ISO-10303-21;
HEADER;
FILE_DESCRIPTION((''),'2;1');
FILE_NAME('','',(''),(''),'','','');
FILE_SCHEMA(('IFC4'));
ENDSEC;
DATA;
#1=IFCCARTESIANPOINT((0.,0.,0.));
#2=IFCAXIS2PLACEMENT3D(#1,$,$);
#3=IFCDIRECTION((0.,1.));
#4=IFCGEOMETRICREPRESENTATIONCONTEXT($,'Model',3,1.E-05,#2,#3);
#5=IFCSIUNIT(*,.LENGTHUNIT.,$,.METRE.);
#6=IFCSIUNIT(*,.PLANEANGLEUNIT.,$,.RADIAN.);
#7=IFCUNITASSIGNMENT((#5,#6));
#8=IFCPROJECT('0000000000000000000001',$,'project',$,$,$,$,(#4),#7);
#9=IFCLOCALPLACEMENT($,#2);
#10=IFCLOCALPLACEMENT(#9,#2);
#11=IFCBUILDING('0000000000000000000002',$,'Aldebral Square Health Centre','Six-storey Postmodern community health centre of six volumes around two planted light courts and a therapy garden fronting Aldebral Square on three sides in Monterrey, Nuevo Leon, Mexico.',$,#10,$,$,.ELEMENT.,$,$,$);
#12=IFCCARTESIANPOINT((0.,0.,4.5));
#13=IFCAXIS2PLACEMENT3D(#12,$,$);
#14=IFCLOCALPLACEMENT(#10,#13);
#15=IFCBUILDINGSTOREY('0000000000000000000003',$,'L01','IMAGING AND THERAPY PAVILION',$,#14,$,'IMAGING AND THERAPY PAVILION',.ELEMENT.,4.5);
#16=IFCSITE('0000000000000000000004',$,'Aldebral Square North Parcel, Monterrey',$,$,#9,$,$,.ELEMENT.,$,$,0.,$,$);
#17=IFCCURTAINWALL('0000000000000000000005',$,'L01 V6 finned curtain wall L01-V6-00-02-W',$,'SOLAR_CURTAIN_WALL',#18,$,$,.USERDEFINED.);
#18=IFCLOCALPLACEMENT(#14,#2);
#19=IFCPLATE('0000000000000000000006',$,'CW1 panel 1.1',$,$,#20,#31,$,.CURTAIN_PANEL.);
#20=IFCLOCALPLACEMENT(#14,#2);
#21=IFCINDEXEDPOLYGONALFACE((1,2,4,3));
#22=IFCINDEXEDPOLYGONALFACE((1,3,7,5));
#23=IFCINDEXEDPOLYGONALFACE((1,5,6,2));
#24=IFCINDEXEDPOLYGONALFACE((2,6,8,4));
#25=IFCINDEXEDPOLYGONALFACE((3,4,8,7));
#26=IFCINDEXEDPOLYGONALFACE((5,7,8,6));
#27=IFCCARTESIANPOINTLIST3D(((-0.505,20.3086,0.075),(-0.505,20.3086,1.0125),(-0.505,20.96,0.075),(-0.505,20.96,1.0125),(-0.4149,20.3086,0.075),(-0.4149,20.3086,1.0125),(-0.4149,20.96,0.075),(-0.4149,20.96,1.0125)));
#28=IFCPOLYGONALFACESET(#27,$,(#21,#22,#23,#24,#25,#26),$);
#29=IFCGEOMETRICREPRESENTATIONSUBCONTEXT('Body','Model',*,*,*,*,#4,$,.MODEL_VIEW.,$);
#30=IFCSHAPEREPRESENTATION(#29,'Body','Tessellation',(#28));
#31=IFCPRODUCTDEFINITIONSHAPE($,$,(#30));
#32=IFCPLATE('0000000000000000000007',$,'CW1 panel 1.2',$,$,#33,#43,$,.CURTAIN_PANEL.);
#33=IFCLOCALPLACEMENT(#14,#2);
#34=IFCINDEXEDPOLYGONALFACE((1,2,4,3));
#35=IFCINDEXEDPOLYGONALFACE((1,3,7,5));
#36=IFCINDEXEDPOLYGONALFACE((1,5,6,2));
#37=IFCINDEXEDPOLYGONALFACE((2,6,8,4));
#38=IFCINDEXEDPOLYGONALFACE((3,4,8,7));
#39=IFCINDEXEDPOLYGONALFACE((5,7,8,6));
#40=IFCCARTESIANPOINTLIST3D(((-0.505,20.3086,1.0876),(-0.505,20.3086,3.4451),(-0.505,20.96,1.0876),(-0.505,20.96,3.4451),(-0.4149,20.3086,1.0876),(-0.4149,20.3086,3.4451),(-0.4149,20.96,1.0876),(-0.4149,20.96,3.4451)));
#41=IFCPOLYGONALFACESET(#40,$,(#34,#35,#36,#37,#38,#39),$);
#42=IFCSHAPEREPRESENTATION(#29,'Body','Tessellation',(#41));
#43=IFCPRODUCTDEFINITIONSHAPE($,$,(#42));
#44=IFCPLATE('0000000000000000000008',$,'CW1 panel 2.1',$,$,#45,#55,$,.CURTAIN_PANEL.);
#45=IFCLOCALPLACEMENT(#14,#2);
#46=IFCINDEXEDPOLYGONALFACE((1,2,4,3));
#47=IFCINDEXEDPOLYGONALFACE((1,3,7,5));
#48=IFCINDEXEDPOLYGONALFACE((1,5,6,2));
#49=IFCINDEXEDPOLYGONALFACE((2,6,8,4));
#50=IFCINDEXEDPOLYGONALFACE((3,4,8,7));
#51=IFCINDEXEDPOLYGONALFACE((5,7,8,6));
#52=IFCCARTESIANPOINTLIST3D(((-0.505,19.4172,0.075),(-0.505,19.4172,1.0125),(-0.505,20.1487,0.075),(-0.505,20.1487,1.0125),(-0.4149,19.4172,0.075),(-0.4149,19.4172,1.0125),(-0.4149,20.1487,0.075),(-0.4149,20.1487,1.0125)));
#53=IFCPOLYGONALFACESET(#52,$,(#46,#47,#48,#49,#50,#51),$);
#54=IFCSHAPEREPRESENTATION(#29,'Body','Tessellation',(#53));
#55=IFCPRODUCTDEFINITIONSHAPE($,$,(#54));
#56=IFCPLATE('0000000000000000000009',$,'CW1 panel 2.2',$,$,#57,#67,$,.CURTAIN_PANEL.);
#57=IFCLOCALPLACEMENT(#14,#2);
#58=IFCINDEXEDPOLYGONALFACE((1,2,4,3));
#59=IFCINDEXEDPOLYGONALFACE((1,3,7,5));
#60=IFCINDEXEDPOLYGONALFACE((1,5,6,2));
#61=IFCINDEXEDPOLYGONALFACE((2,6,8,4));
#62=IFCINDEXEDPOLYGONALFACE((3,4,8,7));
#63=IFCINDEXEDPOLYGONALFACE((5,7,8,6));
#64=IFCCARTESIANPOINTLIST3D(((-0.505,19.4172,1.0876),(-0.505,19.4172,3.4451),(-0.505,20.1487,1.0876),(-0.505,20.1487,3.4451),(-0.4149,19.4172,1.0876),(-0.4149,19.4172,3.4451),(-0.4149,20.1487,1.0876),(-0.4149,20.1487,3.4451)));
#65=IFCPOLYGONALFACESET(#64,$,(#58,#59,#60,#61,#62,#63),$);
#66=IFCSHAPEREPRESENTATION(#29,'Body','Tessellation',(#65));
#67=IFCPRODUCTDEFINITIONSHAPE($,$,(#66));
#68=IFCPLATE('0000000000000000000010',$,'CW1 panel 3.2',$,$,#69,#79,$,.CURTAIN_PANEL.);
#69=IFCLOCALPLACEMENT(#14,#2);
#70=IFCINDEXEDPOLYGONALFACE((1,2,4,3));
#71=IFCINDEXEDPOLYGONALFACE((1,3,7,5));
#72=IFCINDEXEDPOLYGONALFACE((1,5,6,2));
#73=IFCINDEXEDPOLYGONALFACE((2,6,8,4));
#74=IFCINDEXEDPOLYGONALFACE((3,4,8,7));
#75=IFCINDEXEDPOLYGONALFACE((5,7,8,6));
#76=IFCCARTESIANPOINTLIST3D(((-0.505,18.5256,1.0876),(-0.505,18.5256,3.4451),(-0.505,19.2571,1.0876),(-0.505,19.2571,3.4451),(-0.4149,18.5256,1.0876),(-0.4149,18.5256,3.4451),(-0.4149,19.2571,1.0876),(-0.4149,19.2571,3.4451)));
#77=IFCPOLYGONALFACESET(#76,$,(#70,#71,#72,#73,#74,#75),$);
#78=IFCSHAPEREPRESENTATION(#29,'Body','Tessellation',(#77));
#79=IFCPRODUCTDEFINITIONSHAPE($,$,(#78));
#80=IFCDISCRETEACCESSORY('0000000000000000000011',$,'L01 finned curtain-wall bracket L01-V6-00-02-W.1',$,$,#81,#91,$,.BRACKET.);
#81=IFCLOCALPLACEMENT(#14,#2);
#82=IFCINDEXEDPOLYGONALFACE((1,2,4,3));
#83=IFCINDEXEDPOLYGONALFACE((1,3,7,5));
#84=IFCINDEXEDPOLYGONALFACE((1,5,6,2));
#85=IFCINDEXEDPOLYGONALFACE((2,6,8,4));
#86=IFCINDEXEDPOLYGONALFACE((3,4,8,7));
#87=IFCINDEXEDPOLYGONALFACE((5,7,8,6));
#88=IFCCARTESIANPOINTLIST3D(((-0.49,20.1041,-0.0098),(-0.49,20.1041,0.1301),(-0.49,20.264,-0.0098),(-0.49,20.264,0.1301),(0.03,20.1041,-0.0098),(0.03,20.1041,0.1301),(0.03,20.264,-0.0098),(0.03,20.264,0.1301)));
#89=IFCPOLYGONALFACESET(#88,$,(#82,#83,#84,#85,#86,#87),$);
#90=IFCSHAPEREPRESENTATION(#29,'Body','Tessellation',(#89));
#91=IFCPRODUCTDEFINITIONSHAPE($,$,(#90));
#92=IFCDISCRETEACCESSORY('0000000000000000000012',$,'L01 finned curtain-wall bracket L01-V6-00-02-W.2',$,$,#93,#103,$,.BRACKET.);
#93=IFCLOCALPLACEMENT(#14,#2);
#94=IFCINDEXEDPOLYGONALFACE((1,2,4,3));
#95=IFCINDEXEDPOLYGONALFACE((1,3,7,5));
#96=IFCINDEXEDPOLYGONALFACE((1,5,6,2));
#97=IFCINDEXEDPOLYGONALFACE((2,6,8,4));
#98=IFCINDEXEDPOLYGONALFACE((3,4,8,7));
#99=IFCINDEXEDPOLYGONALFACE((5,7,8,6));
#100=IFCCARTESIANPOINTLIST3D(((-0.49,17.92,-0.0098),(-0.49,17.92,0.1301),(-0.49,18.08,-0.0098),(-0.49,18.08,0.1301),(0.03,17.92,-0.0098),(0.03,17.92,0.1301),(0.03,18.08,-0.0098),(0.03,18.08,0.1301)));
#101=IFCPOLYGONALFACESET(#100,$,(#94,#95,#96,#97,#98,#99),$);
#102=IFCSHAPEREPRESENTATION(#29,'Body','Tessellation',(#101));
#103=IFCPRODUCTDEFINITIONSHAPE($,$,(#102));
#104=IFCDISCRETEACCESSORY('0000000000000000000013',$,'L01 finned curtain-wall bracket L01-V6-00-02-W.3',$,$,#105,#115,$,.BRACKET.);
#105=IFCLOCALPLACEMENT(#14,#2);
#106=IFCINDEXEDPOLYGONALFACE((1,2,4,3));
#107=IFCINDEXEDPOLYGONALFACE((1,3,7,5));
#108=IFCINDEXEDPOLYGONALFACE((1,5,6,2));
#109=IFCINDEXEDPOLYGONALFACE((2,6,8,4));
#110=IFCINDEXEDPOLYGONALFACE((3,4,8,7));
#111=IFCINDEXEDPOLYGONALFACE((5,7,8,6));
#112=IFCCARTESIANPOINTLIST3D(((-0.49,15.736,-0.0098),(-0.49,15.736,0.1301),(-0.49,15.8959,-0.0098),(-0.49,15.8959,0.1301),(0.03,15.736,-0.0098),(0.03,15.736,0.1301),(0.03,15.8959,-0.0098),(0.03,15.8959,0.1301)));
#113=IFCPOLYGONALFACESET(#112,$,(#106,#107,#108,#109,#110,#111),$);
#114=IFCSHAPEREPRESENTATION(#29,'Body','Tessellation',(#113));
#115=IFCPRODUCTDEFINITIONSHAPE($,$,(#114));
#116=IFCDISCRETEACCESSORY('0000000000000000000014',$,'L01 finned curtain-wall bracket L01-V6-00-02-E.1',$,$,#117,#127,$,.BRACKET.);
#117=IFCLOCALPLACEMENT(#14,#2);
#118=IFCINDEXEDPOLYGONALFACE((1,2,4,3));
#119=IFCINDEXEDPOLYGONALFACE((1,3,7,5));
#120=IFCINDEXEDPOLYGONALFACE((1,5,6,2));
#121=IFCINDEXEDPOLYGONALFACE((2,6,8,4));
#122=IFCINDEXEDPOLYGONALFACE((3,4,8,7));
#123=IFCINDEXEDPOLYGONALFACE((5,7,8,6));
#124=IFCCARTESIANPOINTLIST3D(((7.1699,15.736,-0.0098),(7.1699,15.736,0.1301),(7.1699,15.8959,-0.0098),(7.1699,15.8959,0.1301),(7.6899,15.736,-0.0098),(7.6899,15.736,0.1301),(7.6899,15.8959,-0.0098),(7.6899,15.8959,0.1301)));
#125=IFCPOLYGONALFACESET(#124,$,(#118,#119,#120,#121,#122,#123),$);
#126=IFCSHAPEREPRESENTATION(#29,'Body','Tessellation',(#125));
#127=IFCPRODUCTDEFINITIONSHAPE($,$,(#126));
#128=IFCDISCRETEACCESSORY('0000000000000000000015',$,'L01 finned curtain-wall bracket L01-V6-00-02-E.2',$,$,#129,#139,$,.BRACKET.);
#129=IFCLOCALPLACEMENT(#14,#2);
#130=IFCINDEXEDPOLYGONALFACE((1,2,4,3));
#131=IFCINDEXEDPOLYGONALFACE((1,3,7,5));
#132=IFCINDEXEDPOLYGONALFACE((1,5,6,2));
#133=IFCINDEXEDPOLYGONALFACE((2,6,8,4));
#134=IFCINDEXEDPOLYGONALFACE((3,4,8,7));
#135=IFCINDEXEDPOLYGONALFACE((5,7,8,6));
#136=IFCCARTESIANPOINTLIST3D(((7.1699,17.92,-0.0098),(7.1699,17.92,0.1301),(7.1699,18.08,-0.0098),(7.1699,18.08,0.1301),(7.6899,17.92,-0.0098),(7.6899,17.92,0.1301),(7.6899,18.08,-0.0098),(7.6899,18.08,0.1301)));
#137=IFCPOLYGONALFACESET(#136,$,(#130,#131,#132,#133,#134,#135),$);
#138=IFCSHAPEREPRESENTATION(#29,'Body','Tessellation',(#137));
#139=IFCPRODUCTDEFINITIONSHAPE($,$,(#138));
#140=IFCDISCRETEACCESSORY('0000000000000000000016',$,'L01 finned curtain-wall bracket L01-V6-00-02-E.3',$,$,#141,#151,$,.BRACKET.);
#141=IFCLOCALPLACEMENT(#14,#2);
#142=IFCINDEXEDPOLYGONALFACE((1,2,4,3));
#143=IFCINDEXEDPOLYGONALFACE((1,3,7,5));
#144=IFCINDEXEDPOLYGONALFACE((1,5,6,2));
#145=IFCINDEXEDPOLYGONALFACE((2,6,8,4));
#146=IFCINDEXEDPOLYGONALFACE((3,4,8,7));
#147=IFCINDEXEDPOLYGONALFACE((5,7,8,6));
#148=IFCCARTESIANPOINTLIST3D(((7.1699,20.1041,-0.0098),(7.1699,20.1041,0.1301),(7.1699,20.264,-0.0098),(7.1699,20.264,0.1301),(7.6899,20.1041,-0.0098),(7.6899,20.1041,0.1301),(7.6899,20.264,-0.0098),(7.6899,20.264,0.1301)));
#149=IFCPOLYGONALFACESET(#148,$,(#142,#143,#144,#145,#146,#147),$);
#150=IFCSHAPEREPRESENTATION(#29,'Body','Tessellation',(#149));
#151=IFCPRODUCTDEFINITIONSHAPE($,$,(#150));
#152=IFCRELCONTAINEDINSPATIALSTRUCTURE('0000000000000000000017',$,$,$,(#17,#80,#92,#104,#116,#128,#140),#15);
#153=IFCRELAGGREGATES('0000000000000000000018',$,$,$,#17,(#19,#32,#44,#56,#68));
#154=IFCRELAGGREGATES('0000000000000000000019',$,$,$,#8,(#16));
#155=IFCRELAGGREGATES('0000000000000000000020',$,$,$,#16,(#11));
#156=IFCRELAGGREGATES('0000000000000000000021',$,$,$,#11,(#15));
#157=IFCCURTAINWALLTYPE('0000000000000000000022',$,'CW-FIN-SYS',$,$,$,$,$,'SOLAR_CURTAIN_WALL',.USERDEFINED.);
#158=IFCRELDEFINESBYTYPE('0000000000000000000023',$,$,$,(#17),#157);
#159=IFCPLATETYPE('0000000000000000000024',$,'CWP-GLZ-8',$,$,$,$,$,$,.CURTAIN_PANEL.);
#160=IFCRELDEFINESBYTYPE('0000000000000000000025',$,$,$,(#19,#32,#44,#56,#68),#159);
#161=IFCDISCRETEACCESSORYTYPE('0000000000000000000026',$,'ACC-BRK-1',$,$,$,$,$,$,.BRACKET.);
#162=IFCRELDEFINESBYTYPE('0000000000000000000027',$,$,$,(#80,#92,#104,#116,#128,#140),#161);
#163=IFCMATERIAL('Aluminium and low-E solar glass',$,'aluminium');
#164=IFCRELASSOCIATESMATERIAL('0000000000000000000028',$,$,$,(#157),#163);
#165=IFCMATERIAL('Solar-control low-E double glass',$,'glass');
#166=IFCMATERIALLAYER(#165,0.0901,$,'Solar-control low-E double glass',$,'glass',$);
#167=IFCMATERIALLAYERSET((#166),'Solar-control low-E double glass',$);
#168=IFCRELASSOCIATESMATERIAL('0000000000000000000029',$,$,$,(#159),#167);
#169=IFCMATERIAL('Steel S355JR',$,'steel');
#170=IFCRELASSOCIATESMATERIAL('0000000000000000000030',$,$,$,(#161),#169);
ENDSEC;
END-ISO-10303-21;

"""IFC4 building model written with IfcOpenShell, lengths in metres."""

from ifc_helpers import new_model, si_unit, direction, frame, origin, origin_2d, place, context, subcontext, project, spatial, rectangle, extrude, material, layer, layer_set, type_object, element, aggregate, save


model = new_model("IFC4")

# Units and contexts
model_context = context("Model", 3, precision=1e-05, world=origin(), true_north=direction((0.0, 1.0)))
body_context = subcontext(model_context, "Body", "Model", "MODEL_VIEW")
ifc_project = project(units=[si_unit("LENGTHUNIT", "METRE"), si_unit("PLANEANGLEUNIT", "RADIAN")], contexts=[model_context])

# Site, building, storey
site_placement = place(None, origin())
site = spatial("IfcSite", under=ifc_project, at=site_placement, Name="Aldebral Square North Parcel, Monterrey", CompositionType="ELEMENT", RefElevation=0.0)
building_placement = place(site_placement, origin())
building = spatial("IfcBuilding", under=site, at=building_placement, Name="Aldebral Square Health Centre", Description="Six-storey Postmodern community health centre of six volumes around two planted light courts and a therapy garden fronting Aldebral Square on three sides in Monterrey, Nuevo Leon, Mexico.", CompositionType="ELEMENT")
storey_placement = place(building_placement, frame((0.0, 0.0, 4.5)))
storey = spatial("IfcBuildingStorey", under=building, at=storey_placement, Name="L01", Description="IMAGING AND THERAPY PAVILION", LongName="IMAGING AND THERAPY PAVILION", CompositionType="ELEMENT", Elevation=4.5)

# Curtain wall, plates
ifc_material_1 = material(Name="Aluminium and low-E solar glass", Category="aluminium")
curtain_wall_type = type_object("IfcCurtainWallType", Name="CW-FIN-SYS", ElementType="SOLAR_CURTAIN_WALL", PredefinedType="USERDEFINED", material=ifc_material_1)
curtain_wall_placement = place(storey_placement, origin())
curtain_wall = element("IfcCurtainWall", 1, at=curtain_wall_placement, inside=storey, type_object=curtain_wall_type, Name="L01 V6 finned curtain wall L01-V6-00-02-W", ObjectType="SOLAR_CURTAIN_WALL", PredefinedType="USERDEFINED")
ifc_material_2 = material(Name="Solar-control low-E double glass", Category="glass")
ifc_layer = layer(ifc_material_2, 0.0901, Name="Solar-control low-E double glass", Category="glass")
ifc_layer_set = layer_set([ifc_layer], Name="Solar-control low-E double glass")
plate_type = type_object("IfcPlateType", Name="CWP-GLZ-8", PredefinedType="CURTAIN_PANEL", material=ifc_layer_set)
plate_1_placement = place(storey_placement, frame((-0.46, 20.6343, 0.075), z_axis=(0.0, 0.0, 1.0), x_axis=(0.0, -1.0, 0.0)))
plate_1 = element("IfcPlate", 2, at=plate_1_placement, type_object=plate_type, Name="CW1 panel 1.1", PredefinedType="CURTAIN_PANEL", context=body_context, shape_type="SweptSolid", body=[
    extrude(rectangle(XDim=0.6514, YDim=0.0901, at=origin_2d()), origin(), (0.0, 0.0, 1.0), 0.9375),
])
plate_2_placement = place(storey_placement, frame((-0.46, 20.6343, 1.0876), z_axis=(0.0, 0.0, 1.0), x_axis=(0.0, -1.0, 0.0)))
plate_2 = element("IfcPlate", 3, at=plate_2_placement, type_object=plate_type, Name="CW1 panel 1.2", PredefinedType="CURTAIN_PANEL", context=body_context, shape_type="SweptSolid", body=[
    extrude(rectangle(XDim=0.6514, YDim=0.0901, at=origin_2d()), origin(), (0.0, 0.0, 1.0), 2.3574),
])
plate_3_placement = place(storey_placement, frame((-0.46, 19.783, 0.075), z_axis=(0.0, 0.0, 1.0), x_axis=(0.0, -1.0, 0.0)))
plate_3 = element("IfcPlate", 4, at=plate_3_placement, type_object=plate_type, Name="CW1 panel 2.1", PredefinedType="CURTAIN_PANEL", context=body_context, shape_type="SweptSolid", body=[
    extrude(rectangle(XDim=0.7314, YDim=0.0901, at=origin_2d()), origin(), (0.0, 0.0, 1.0), 0.9375),
])
plate_4_placement = place(storey_placement, frame((-0.46, 19.783, 1.0876), z_axis=(0.0, 0.0, 1.0), x_axis=(0.0, -1.0, 0.0)))
plate_4 = element("IfcPlate", 5, at=plate_4_placement, type_object=plate_type, Name="CW1 panel 2.2", PredefinedType="CURTAIN_PANEL", context=body_context, shape_type="SweptSolid", body=[
    extrude(rectangle(XDim=0.7314, YDim=0.0901, at=origin_2d()), origin(), (0.0, 0.0, 1.0), 2.3574),
])
plate_5_placement = place(storey_placement, frame((-0.46, 18.8914, 1.0876), z_axis=(0.0, 0.0, 1.0), x_axis=(0.0, -1.0, 0.0)))
plate_5 = element("IfcPlate", 6, at=plate_5_placement, type_object=plate_type, Name="CW1 panel 3.2", PredefinedType="CURTAIN_PANEL", context=body_context, shape_type="SweptSolid", body=[
    extrude(rectangle(XDim=0.7314, YDim=0.0901, at=origin_2d()), origin(), (0.0, 0.0, 1.0), 2.3574),
])
aggregate(curtain_wall, [plate_1, plate_2, plate_3, plate_4, plate_5])

# Discrete accessories
ifc_material_3 = material(Name="Steel S355JR", Category="steel")
discrete_accessory_type = type_object("IfcDiscreteAccessoryType", Name="ACC-BRK-1", PredefinedType="BRACKET", material=ifc_material_3)
for number, where, z_axis, x_axis, name in (
    (7, (-0.23, 20.1841, -0.0098), (0.0, 0.0, 1.0), (0.0, 1.0, 0.0), "L01 finned curtain-wall bracket L01-V6-00-02-W.1"),
    (8, (-0.23, 18.0, -0.0098), (0.0, 0.0, 1.0), (0.0, 1.0, 0.0), "L01 finned curtain-wall bracket L01-V6-00-02-W.2"),
    (9, (-0.23, 15.8159, -0.0098), (0.0, 0.0, 1.0), (0.0, 1.0, 0.0), "L01 finned curtain-wall bracket L01-V6-00-02-W.3"),
    (10, (7.4299, 15.8159, -0.0098), (0.0, 0.0, 1.0), (0.0, 1.0, 0.0), "L01 finned curtain-wall bracket L01-V6-00-02-E.1"),
    (11, (7.4299, 18.0, -0.0098), (0.0, 0.0, 1.0), (0.0, 1.0, 0.0), "L01 finned curtain-wall bracket L01-V6-00-02-E.2"),
    (12, (7.4299, 20.1841, -0.0098), (0.0, 0.0, 1.0), (0.0, 1.0, 0.0), "L01 finned curtain-wall bracket L01-V6-00-02-E.3"),
):
    element("IfcDiscreteAccessory", number, at=place(storey_placement, frame(where, z_axis=z_axis, x_axis=x_axis)), inside=storey, type_object=discrete_accessory_type, Name=name, PredefinedType="BRACKET", context=body_context, shape_type="SweptSolid", body=[
        extrude(rectangle(XDim=0.1599, YDim=0.52, at=origin_2d()), origin(), (0.0, 0.0, 1.0), 0.1399),
    ])

save(model, "model.ifc")
